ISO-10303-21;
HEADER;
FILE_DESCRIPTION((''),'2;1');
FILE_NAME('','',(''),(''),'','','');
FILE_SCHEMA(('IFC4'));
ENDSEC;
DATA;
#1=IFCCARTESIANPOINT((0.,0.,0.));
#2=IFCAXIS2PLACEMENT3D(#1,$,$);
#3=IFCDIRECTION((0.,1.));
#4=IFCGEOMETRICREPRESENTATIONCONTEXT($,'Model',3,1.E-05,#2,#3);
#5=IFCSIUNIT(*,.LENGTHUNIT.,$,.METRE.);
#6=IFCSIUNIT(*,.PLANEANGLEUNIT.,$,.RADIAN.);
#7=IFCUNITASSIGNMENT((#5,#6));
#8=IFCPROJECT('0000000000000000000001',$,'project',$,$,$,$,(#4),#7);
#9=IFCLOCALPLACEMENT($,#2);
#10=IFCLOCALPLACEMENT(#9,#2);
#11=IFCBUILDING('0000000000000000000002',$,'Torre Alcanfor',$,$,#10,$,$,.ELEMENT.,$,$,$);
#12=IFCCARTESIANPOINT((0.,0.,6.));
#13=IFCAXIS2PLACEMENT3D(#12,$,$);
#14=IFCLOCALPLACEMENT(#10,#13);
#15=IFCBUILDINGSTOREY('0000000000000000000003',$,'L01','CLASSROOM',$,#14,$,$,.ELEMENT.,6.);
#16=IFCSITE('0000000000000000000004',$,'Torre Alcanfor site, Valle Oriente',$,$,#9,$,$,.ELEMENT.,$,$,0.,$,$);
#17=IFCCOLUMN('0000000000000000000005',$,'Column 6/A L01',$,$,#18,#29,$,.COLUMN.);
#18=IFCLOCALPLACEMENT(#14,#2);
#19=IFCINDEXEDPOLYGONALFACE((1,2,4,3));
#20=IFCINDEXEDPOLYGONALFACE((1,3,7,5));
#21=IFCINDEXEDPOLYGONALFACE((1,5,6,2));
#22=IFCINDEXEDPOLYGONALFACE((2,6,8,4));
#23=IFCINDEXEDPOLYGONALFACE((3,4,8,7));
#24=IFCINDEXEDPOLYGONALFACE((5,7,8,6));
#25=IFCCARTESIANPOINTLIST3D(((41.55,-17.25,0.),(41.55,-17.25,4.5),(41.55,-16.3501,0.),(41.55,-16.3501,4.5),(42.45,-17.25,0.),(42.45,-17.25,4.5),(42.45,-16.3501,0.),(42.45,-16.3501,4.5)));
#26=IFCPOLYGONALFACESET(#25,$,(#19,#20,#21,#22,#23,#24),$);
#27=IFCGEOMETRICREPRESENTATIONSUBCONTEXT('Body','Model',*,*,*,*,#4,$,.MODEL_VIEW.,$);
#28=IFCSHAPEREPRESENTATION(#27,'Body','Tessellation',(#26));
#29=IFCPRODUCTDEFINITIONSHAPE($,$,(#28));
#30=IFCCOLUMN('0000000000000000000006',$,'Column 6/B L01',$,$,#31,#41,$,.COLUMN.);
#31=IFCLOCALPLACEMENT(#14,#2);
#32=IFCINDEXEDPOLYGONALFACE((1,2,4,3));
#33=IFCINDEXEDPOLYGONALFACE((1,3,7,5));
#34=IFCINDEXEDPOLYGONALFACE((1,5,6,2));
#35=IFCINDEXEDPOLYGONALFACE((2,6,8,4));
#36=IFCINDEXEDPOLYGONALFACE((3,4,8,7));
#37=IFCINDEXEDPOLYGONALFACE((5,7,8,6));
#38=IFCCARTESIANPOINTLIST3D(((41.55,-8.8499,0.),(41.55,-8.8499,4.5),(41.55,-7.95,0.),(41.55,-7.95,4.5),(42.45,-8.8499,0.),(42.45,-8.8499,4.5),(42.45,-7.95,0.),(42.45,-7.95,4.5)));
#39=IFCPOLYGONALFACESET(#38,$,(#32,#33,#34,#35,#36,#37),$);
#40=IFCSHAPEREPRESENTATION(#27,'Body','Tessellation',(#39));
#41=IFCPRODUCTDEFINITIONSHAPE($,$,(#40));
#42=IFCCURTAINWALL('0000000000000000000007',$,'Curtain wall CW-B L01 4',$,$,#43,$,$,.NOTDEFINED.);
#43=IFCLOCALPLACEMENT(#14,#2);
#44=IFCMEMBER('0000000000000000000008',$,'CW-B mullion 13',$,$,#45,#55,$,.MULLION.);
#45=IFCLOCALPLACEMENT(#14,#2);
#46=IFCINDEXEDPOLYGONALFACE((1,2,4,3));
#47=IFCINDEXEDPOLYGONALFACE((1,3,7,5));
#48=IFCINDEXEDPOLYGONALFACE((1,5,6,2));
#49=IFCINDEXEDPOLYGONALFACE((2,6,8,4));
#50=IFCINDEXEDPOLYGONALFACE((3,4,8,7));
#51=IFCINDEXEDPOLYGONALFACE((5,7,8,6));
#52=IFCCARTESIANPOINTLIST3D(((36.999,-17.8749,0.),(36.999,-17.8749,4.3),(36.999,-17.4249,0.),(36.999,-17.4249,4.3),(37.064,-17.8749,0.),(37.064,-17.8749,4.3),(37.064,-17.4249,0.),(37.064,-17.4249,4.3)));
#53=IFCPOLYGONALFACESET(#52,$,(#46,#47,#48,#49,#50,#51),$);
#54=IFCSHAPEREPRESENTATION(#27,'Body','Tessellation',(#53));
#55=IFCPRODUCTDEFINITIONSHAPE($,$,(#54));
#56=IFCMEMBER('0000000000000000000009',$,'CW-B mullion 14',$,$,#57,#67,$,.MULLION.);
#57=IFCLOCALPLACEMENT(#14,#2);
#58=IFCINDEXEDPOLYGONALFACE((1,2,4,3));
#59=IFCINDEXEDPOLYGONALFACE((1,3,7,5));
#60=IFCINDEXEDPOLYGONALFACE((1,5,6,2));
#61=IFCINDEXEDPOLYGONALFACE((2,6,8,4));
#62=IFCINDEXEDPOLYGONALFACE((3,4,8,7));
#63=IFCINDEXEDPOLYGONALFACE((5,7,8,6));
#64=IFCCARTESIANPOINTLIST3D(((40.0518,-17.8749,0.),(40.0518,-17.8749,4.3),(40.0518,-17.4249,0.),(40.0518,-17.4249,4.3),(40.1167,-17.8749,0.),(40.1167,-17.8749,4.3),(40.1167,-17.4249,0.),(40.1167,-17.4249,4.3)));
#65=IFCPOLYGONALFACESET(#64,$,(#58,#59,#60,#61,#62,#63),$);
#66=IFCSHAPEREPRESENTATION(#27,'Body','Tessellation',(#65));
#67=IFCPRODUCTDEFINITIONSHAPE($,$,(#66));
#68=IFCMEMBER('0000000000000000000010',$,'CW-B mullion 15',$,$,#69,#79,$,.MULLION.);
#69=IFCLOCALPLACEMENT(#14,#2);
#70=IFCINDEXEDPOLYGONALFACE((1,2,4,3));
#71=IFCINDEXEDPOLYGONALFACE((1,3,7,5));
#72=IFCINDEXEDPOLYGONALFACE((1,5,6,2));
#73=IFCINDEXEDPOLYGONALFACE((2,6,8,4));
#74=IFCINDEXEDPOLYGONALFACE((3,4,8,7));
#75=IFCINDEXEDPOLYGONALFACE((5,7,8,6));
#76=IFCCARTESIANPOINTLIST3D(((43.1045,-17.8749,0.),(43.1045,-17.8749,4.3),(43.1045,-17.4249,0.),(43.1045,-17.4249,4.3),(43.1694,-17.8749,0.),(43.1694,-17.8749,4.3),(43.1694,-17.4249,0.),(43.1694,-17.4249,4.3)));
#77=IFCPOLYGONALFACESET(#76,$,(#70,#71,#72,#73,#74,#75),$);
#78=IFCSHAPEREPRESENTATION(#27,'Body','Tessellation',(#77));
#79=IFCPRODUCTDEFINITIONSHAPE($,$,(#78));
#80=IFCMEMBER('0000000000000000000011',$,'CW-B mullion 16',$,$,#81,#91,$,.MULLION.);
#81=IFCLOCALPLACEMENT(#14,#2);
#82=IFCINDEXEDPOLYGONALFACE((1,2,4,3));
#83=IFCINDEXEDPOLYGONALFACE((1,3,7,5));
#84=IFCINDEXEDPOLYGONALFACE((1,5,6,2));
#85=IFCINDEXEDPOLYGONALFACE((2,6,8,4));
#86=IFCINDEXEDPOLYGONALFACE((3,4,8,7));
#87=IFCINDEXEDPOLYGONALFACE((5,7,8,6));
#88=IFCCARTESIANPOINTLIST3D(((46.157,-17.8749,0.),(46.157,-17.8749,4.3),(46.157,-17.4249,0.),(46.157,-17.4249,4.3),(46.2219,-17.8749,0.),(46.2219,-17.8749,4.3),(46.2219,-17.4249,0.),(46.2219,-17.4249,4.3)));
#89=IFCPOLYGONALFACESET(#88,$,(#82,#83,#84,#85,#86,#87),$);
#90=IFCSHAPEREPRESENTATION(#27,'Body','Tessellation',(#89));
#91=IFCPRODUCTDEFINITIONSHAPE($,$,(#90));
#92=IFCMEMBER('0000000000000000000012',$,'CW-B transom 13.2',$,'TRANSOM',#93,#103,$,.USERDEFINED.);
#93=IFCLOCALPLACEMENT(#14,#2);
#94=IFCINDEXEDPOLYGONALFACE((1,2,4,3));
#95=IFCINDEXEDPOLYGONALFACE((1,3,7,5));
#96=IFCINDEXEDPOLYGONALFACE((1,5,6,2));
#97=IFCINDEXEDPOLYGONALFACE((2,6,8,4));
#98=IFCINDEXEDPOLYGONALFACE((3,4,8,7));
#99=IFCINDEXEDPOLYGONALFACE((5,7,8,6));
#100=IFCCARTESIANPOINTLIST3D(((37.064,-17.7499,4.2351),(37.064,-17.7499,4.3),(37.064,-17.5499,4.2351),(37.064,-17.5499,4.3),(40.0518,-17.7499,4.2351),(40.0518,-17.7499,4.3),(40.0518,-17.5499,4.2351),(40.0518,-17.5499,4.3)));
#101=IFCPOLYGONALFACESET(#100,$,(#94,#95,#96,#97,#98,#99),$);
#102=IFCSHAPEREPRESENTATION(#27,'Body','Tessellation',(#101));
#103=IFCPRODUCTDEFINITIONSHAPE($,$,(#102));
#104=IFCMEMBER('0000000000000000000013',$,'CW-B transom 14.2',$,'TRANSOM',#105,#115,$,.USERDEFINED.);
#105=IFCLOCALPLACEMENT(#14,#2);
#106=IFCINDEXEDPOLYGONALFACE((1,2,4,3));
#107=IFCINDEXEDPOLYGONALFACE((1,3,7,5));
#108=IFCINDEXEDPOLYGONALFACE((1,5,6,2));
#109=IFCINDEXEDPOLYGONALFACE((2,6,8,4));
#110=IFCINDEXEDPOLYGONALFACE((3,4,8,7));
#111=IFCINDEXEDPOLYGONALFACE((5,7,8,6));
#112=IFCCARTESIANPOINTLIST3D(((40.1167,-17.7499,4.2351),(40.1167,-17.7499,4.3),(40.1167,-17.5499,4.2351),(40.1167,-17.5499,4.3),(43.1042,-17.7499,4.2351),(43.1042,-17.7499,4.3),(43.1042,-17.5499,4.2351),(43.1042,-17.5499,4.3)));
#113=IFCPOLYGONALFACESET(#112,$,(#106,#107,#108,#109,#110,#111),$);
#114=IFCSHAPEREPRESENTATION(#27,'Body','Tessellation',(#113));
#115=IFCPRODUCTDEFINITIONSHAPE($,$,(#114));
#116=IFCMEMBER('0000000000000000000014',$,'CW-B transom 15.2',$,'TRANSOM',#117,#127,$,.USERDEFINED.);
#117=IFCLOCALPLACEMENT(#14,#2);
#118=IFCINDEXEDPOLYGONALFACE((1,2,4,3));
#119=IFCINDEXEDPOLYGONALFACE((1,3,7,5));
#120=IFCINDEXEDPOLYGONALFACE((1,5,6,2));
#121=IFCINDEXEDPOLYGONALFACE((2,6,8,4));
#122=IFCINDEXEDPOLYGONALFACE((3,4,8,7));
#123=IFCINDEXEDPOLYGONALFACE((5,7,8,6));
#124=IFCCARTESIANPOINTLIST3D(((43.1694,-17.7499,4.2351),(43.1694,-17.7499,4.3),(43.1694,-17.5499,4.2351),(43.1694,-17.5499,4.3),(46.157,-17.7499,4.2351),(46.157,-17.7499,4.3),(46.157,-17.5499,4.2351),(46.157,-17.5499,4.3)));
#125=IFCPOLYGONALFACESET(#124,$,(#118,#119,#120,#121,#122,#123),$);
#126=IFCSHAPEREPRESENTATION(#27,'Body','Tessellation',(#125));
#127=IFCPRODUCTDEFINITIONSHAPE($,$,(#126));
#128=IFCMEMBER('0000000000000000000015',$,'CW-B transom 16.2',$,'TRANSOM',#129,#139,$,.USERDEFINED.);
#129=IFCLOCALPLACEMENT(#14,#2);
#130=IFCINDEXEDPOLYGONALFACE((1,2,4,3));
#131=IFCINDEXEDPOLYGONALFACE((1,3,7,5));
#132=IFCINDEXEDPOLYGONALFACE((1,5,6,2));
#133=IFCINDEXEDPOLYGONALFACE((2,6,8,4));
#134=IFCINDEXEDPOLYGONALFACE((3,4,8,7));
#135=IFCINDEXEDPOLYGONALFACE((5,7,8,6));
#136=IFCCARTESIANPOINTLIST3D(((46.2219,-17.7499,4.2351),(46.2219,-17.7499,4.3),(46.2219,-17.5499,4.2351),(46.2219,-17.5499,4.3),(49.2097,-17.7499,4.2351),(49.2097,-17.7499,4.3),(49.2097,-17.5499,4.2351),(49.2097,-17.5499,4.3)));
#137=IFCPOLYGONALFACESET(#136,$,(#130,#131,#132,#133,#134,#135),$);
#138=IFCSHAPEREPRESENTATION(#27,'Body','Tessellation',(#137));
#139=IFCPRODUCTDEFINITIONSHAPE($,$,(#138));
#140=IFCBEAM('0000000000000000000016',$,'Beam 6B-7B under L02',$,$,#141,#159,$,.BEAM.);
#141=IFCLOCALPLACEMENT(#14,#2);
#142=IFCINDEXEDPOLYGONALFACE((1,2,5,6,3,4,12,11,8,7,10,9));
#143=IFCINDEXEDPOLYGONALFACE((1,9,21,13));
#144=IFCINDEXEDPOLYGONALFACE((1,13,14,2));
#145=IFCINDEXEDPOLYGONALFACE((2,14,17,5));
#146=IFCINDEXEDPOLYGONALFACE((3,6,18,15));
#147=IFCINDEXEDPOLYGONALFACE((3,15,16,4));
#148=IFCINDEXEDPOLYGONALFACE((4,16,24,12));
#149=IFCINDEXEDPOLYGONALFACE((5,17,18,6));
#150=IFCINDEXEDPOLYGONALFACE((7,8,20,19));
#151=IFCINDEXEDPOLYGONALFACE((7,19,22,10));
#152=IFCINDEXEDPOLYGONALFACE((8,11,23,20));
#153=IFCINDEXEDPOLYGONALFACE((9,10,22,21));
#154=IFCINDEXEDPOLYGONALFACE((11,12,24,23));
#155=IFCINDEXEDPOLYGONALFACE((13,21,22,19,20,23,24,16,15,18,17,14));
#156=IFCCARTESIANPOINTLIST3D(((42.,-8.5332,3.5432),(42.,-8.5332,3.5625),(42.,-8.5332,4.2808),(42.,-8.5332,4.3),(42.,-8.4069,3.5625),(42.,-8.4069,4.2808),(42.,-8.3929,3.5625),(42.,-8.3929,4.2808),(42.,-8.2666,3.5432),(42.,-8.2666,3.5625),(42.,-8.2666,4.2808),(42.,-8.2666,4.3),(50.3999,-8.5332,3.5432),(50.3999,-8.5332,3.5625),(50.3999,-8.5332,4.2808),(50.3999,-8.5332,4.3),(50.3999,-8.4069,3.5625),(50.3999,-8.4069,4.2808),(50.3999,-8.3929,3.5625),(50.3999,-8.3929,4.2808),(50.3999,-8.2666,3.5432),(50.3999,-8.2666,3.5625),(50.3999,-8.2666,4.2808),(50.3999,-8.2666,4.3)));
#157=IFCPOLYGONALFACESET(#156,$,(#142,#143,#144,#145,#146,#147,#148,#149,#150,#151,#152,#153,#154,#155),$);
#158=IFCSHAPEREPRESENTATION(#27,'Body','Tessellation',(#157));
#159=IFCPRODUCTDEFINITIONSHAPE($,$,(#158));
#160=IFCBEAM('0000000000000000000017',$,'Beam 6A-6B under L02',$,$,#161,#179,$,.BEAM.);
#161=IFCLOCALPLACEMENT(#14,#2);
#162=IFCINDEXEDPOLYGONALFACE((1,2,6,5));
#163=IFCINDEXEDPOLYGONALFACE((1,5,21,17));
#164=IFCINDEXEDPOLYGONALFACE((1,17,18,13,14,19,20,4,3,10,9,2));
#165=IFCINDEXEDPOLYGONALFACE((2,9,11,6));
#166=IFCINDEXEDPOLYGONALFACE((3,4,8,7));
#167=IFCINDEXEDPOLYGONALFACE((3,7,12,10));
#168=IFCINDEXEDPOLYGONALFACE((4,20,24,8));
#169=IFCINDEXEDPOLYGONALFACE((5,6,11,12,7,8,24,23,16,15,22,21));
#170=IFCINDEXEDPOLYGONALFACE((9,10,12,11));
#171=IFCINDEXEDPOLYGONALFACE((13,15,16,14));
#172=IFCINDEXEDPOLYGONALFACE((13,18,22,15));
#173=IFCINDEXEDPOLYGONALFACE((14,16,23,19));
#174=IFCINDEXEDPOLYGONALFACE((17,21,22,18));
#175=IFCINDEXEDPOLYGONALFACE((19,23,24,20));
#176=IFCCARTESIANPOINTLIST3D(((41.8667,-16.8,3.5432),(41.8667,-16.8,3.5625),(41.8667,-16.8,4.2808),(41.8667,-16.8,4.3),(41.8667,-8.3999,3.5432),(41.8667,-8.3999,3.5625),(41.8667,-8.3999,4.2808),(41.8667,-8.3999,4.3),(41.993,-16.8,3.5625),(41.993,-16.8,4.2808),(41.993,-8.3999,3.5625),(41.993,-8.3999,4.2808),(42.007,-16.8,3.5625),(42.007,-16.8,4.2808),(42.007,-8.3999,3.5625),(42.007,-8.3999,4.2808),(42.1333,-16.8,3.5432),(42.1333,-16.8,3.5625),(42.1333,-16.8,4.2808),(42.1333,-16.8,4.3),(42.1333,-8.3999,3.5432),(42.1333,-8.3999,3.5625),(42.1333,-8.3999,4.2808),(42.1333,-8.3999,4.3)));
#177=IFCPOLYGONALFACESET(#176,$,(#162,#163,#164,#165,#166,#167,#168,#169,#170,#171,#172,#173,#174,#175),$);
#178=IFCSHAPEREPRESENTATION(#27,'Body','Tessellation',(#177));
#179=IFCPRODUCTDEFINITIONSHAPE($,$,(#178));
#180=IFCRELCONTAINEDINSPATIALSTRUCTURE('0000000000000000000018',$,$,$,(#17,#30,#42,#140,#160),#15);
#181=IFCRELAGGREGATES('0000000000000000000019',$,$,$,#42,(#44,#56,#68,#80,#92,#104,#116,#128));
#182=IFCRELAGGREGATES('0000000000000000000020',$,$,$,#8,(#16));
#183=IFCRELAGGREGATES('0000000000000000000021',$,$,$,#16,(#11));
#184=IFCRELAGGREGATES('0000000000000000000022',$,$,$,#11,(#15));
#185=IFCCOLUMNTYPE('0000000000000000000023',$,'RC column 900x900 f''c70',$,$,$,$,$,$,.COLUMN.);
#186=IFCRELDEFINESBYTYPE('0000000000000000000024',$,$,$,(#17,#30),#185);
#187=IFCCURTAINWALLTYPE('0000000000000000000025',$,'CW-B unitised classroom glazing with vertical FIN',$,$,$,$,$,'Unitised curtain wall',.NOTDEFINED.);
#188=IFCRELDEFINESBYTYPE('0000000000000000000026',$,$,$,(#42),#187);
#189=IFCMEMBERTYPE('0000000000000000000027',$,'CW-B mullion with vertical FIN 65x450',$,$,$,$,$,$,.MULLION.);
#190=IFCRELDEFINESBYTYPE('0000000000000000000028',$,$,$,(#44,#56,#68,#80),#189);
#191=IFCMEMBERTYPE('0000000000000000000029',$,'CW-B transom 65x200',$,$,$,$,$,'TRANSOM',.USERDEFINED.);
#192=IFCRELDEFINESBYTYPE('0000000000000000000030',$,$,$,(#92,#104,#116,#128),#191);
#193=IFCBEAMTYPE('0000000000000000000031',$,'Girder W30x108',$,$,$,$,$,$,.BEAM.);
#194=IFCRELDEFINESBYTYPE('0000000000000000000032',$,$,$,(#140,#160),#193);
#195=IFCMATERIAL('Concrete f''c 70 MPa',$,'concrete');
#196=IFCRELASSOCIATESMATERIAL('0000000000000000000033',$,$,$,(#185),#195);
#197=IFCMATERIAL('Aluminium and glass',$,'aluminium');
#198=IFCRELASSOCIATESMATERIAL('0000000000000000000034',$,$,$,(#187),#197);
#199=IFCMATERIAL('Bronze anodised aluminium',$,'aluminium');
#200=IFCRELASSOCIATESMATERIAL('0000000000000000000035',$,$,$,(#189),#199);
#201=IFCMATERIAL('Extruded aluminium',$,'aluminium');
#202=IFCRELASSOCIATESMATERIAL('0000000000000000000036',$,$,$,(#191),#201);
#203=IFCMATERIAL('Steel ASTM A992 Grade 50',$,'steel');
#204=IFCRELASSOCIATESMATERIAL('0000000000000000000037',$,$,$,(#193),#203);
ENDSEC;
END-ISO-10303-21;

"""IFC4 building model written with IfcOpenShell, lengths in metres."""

from ifc_helpers import new_model, si_unit, direction, frame, origin, origin_2d, place, context, subcontext, project, spatial, rectangle, i_section, extrude, material, material_profile, profile_set, type_object, element, aggregate, save


model = new_model("IFC4")

# Units and contexts
model_context = context("Model", 3, precision=1e-05, world=origin(), true_north=direction((0.0, 1.0)))
body_context = subcontext(model_context, "Body", "Model", "MODEL_VIEW")
ifc_project = project(units=[si_unit("LENGTHUNIT", "METRE"), si_unit("PLANEANGLEUNIT", "RADIAN")], contexts=[model_context])

# Site, building, storey
site_placement = place(None, origin())
site = spatial("IfcSite", under=ifc_project, at=site_placement, Name="Torre Alcanfor site, Valle Oriente", CompositionType="ELEMENT", RefElevation=0.0)
building_placement = place(site_placement, origin())
building = spatial("IfcBuilding", under=site, at=building_placement, Name="Torre Alcanfor", CompositionType="ELEMENT")
storey_placement = place(building_placement, frame((0.0, 0.0, 6.0)))
storey = spatial("IfcBuildingStorey", under=building, at=storey_placement, Name="L01", Description="CLASSROOM", CompositionType="ELEMENT", Elevation=6.0)

# Columns
ifc_material_1 = material(Name="Concrete f'c 70 MPa", Category="concrete")
ifc_material_profile_1 = material_profile(ifc_material_1, rectangle(XDim=0.8999, YDim=0.8999, at=origin_2d()), Name="900x900")
ifc_profile_set_1 = profile_set([ifc_material_profile_1], Name="Concrete f'c 70 MPa")
column_type = type_object("IfcColumnType", Name="RC column 900x900 f'c70", PredefinedType="COLUMN", material=ifc_profile_set_1)
for number, where, z_axis, x_axis, name in (
    (1, (42.0, -16.8, 0.0), (0.0, 0.0, 1.0), (1.0, 0.0, 0.0), "Column 6/A L01"),
    (2, (42.0, -8.3999, 0.0), (0.0, 0.0, 1.0), (1.0, 0.0, 0.0), "Column 6/B L01"),
):
    element("IfcColumn", number, at=place(storey_placement, frame(where, z_axis=z_axis, x_axis=x_axis)), inside=storey, type_object=column_type, Name=name, PredefinedType="COLUMN", context=body_context, shape_type="SweptSolid", body=[
        extrude(rectangle(XDim=0.8999, YDim=0.8999, at=origin_2d()), origin(), (0.0, 0.0, 1.0), 4.5),
    ])

# Curtain wall, members
ifc_material_2 = material(Name="Aluminium and glass", Category="aluminium")
curtain_wall_type = type_object("IfcCurtainWallType", Name="CW-B unitised classroom glazing with vertical FIN", ElementType="Unitised curtain wall", PredefinedType="NOTDEFINED", material=ifc_material_2)
curtain_wall_placement = place(storey_placement, origin())
curtain_wall = element("IfcCurtainWall", 3, at=curtain_wall_placement, inside=storey, type_object=curtain_wall_type, Name="Curtain wall CW-B L01 4", PredefinedType="NOTDEFINED")
ifc_material_3 = material(Name="Bronze anodised aluminium", Category="aluminium")
ifc_material_profile_2 = material_profile(ifc_material_3, rectangle(XDim=0.45, YDim=0.0649, at=origin_2d()), Name="CW-B mullion 65x450")
ifc_profile_set_2 = profile_set([ifc_material_profile_2], Name="Bronze anodised aluminium")
member_type_1 = type_object("IfcMemberType", Name="CW-B mullion with vertical FIN 65x450", PredefinedType="MULLION", material=ifc_profile_set_2)
member_1_placement = place(storey_placement, frame((37.0315, -17.6499, 0.0), z_axis=(0.0, 0.0, 1.0), x_axis=(0.0, 1.0, 0.0)))
member_1 = element("IfcMember", 4, at=member_1_placement, type_object=member_type_1, Name="CW-B mullion 13", PredefinedType="MULLION", context=body_context, shape_type="SweptSolid", body=[
    extrude(rectangle(XDim=0.45, YDim=0.0649, at=origin_2d()), origin(), (0.0, 0.0, 1.0), 4.3),
])
member_2_placement = place(storey_placement, frame((40.0842, -17.6499, 0.0), z_axis=(0.0, 0.0, 1.0), x_axis=(0.0, 1.0, 0.0)))
member_2 = element("IfcMember", 5, at=member_2_placement, type_object=member_type_1, Name="CW-B mullion 14", PredefinedType="MULLION", context=body_context, shape_type="SweptSolid", body=[
    extrude(rectangle(XDim=0.45, YDim=0.0649, at=origin_2d()), origin(), (0.0, 0.0, 1.0), 4.3),
])
member_3_placement = place(storey_placement, frame((43.137, -17.6499, 0.0), z_axis=(0.0, 0.0, 1.0), x_axis=(0.0, 1.0, 0.0)))
member_3 = element("IfcMember", 6, at=member_3_placement, type_object=member_type_1, Name="CW-B mullion 15", PredefinedType="MULLION", context=body_context, shape_type="SweptSolid", body=[
    extrude(rectangle(XDim=0.45, YDim=0.0649, at=origin_2d()), origin(), (0.0, 0.0, 1.0), 4.3),
])
member_4_placement = place(storey_placement, frame((46.1895, -17.6499, 0.0), z_axis=(0.0, 0.0, 1.0), x_axis=(0.0, 1.0, 0.0)))
member_4 = element("IfcMember", 7, at=member_4_placement, type_object=member_type_1, Name="CW-B mullion 16", PredefinedType="MULLION", context=body_context, shape_type="SweptSolid", body=[
    extrude(rectangle(XDim=0.45, YDim=0.0649, at=origin_2d()), origin(), (0.0, 0.0, 1.0), 4.3),
])
ifc_material_4 = material(Name="Extruded aluminium", Category="aluminium")
ifc_material_profile_3 = material_profile(ifc_material_4, rectangle(XDim=0.2, YDim=0.0649, at=origin_2d()), Name="CW-B transom 200x65")
ifc_profile_set_3 = profile_set([ifc_material_profile_3], Name="Extruded aluminium")
member_type_2 = type_object("IfcMemberType", Name="CW-B transom 65x200", ElementType="TRANSOM", PredefinedType="USERDEFINED", material=ifc_profile_set_3)
member_5_placement = place(storey_placement, frame((37.064, -17.6499, 4.2676), z_axis=(1.0, 0.0, 0.0), x_axis=(0.0, 1.0, 0.0)))
member_5 = element("IfcMember", 8, at=member_5_placement, type_object=member_type_2, Name="CW-B transom 13.2", ObjectType="TRANSOM", PredefinedType="USERDEFINED", context=body_context, shape_type="SweptSolid", body=[
    extrude(rectangle(XDim=0.2, YDim=0.0649, at=origin_2d()), origin(), (0.0, 0.0, 1.0), 2.9878),
])
member_6_placement = place(storey_placement, frame((40.1167, -17.6499, 4.2676), z_axis=(1.0, 0.0, 0.0), x_axis=(0.0, 1.0, 0.0)))
member_6 = element("IfcMember", 9, at=member_6_placement, type_object=member_type_2, Name="CW-B transom 14.2", ObjectType="TRANSOM", PredefinedType="USERDEFINED", context=body_context, shape_type="SweptSolid", body=[
    extrude(rectangle(XDim=0.2, YDim=0.0649, at=origin_2d()), origin(), (0.0, 0.0, 1.0), 2.9875),
])
member_7_placement = place(storey_placement, frame((43.1694, -17.6499, 4.2676), z_axis=(1.0, 0.0, 0.0), x_axis=(0.0, 1.0, 0.0)))
member_7 = element("IfcMember", 10, at=member_7_placement, type_object=member_type_2, Name="CW-B transom 15.2", ObjectType="TRANSOM", PredefinedType="USERDEFINED", context=body_context, shape_type="SweptSolid", body=[
    extrude(rectangle(XDim=0.2, YDim=0.0649, at=origin_2d()), origin(), (0.0, 0.0, 1.0), 2.9875),
])
member_8_placement = place(storey_placement, frame((46.2219, -17.6499, 4.2676), z_axis=(1.0, 0.0, 0.0), x_axis=(0.0, 1.0, 0.0)))
member_8 = element("IfcMember", 11, at=member_8_placement, type_object=member_type_2, Name="CW-B transom 16.2", ObjectType="TRANSOM", PredefinedType="USERDEFINED", context=body_context, shape_type="SweptSolid", body=[
    extrude(rectangle(XDim=0.2, YDim=0.0649, at=origin_2d()), origin(), (0.0, 0.0, 1.0), 2.9878),
])

# Beams
ifc_material_5 = material(Name="Steel ASTM A992 Grade 50", Category="steel")
ifc_material_profile_4 = material_profile(ifc_material_5, i_section(OverallWidth=0.2666, OverallDepth=0.7568, WebThickness=0.0139, FlangeThickness=0.0193, at=origin_2d()), Name="W30x108")
ifc_profile_set_4 = profile_set([ifc_material_profile_4], Name="Steel ASTM A992 Grade 50")
beam_type_1 = type_object("IfcBeamType", Name="Girder W30x108", PredefinedType="BEAM", material=ifc_profile_set_4)
beam_1_placement = place(storey_placement, frame((42.0, -8.3999, 3.9216), z_axis=(1.0, 0.0, 0.0), x_axis=(0.0, 1.0, 0.0)))
element("IfcBeam", 12, at=beam_1_placement, inside=storey, type_object=beam_type_1, Name="Beam 6B-7B under L02", PredefinedType="BEAM", context=body_context, shape_type="SweptSolid", body=[
    extrude(i_section(OverallWidth=0.2666, OverallDepth=0.7568, WebThickness=0.0139, FlangeThickness=0.0193, at=origin_2d()), origin(), (0.0, 0.0, 1.0), 8.3999),
])
beam_2_placement = place(storey_placement, frame((42.0, -16.8, 3.9216), z_axis=(0.0, 1.0, 0.0), x_axis=(-1.0, 0.0, 0.0)))
element("IfcBeam", 13, at=beam_2_placement, inside=storey, type_object=beam_type_1, Name="Beam 6A-6B under L02", PredefinedType="BEAM", context=body_context, shape_type="SweptSolid", body=[
    extrude(i_section(OverallWidth=0.2666, OverallDepth=0.7568, WebThickness=0.0139, FlangeThickness=0.0193, at=origin_2d()), origin(), (0.0, 0.0, 1.0), 8.4001),
])

aggregate(curtain_wall, [member_1, member_2, member_3, member_4, member_5, member_6, member_7, member_8])

save(model, "model.ifc")
